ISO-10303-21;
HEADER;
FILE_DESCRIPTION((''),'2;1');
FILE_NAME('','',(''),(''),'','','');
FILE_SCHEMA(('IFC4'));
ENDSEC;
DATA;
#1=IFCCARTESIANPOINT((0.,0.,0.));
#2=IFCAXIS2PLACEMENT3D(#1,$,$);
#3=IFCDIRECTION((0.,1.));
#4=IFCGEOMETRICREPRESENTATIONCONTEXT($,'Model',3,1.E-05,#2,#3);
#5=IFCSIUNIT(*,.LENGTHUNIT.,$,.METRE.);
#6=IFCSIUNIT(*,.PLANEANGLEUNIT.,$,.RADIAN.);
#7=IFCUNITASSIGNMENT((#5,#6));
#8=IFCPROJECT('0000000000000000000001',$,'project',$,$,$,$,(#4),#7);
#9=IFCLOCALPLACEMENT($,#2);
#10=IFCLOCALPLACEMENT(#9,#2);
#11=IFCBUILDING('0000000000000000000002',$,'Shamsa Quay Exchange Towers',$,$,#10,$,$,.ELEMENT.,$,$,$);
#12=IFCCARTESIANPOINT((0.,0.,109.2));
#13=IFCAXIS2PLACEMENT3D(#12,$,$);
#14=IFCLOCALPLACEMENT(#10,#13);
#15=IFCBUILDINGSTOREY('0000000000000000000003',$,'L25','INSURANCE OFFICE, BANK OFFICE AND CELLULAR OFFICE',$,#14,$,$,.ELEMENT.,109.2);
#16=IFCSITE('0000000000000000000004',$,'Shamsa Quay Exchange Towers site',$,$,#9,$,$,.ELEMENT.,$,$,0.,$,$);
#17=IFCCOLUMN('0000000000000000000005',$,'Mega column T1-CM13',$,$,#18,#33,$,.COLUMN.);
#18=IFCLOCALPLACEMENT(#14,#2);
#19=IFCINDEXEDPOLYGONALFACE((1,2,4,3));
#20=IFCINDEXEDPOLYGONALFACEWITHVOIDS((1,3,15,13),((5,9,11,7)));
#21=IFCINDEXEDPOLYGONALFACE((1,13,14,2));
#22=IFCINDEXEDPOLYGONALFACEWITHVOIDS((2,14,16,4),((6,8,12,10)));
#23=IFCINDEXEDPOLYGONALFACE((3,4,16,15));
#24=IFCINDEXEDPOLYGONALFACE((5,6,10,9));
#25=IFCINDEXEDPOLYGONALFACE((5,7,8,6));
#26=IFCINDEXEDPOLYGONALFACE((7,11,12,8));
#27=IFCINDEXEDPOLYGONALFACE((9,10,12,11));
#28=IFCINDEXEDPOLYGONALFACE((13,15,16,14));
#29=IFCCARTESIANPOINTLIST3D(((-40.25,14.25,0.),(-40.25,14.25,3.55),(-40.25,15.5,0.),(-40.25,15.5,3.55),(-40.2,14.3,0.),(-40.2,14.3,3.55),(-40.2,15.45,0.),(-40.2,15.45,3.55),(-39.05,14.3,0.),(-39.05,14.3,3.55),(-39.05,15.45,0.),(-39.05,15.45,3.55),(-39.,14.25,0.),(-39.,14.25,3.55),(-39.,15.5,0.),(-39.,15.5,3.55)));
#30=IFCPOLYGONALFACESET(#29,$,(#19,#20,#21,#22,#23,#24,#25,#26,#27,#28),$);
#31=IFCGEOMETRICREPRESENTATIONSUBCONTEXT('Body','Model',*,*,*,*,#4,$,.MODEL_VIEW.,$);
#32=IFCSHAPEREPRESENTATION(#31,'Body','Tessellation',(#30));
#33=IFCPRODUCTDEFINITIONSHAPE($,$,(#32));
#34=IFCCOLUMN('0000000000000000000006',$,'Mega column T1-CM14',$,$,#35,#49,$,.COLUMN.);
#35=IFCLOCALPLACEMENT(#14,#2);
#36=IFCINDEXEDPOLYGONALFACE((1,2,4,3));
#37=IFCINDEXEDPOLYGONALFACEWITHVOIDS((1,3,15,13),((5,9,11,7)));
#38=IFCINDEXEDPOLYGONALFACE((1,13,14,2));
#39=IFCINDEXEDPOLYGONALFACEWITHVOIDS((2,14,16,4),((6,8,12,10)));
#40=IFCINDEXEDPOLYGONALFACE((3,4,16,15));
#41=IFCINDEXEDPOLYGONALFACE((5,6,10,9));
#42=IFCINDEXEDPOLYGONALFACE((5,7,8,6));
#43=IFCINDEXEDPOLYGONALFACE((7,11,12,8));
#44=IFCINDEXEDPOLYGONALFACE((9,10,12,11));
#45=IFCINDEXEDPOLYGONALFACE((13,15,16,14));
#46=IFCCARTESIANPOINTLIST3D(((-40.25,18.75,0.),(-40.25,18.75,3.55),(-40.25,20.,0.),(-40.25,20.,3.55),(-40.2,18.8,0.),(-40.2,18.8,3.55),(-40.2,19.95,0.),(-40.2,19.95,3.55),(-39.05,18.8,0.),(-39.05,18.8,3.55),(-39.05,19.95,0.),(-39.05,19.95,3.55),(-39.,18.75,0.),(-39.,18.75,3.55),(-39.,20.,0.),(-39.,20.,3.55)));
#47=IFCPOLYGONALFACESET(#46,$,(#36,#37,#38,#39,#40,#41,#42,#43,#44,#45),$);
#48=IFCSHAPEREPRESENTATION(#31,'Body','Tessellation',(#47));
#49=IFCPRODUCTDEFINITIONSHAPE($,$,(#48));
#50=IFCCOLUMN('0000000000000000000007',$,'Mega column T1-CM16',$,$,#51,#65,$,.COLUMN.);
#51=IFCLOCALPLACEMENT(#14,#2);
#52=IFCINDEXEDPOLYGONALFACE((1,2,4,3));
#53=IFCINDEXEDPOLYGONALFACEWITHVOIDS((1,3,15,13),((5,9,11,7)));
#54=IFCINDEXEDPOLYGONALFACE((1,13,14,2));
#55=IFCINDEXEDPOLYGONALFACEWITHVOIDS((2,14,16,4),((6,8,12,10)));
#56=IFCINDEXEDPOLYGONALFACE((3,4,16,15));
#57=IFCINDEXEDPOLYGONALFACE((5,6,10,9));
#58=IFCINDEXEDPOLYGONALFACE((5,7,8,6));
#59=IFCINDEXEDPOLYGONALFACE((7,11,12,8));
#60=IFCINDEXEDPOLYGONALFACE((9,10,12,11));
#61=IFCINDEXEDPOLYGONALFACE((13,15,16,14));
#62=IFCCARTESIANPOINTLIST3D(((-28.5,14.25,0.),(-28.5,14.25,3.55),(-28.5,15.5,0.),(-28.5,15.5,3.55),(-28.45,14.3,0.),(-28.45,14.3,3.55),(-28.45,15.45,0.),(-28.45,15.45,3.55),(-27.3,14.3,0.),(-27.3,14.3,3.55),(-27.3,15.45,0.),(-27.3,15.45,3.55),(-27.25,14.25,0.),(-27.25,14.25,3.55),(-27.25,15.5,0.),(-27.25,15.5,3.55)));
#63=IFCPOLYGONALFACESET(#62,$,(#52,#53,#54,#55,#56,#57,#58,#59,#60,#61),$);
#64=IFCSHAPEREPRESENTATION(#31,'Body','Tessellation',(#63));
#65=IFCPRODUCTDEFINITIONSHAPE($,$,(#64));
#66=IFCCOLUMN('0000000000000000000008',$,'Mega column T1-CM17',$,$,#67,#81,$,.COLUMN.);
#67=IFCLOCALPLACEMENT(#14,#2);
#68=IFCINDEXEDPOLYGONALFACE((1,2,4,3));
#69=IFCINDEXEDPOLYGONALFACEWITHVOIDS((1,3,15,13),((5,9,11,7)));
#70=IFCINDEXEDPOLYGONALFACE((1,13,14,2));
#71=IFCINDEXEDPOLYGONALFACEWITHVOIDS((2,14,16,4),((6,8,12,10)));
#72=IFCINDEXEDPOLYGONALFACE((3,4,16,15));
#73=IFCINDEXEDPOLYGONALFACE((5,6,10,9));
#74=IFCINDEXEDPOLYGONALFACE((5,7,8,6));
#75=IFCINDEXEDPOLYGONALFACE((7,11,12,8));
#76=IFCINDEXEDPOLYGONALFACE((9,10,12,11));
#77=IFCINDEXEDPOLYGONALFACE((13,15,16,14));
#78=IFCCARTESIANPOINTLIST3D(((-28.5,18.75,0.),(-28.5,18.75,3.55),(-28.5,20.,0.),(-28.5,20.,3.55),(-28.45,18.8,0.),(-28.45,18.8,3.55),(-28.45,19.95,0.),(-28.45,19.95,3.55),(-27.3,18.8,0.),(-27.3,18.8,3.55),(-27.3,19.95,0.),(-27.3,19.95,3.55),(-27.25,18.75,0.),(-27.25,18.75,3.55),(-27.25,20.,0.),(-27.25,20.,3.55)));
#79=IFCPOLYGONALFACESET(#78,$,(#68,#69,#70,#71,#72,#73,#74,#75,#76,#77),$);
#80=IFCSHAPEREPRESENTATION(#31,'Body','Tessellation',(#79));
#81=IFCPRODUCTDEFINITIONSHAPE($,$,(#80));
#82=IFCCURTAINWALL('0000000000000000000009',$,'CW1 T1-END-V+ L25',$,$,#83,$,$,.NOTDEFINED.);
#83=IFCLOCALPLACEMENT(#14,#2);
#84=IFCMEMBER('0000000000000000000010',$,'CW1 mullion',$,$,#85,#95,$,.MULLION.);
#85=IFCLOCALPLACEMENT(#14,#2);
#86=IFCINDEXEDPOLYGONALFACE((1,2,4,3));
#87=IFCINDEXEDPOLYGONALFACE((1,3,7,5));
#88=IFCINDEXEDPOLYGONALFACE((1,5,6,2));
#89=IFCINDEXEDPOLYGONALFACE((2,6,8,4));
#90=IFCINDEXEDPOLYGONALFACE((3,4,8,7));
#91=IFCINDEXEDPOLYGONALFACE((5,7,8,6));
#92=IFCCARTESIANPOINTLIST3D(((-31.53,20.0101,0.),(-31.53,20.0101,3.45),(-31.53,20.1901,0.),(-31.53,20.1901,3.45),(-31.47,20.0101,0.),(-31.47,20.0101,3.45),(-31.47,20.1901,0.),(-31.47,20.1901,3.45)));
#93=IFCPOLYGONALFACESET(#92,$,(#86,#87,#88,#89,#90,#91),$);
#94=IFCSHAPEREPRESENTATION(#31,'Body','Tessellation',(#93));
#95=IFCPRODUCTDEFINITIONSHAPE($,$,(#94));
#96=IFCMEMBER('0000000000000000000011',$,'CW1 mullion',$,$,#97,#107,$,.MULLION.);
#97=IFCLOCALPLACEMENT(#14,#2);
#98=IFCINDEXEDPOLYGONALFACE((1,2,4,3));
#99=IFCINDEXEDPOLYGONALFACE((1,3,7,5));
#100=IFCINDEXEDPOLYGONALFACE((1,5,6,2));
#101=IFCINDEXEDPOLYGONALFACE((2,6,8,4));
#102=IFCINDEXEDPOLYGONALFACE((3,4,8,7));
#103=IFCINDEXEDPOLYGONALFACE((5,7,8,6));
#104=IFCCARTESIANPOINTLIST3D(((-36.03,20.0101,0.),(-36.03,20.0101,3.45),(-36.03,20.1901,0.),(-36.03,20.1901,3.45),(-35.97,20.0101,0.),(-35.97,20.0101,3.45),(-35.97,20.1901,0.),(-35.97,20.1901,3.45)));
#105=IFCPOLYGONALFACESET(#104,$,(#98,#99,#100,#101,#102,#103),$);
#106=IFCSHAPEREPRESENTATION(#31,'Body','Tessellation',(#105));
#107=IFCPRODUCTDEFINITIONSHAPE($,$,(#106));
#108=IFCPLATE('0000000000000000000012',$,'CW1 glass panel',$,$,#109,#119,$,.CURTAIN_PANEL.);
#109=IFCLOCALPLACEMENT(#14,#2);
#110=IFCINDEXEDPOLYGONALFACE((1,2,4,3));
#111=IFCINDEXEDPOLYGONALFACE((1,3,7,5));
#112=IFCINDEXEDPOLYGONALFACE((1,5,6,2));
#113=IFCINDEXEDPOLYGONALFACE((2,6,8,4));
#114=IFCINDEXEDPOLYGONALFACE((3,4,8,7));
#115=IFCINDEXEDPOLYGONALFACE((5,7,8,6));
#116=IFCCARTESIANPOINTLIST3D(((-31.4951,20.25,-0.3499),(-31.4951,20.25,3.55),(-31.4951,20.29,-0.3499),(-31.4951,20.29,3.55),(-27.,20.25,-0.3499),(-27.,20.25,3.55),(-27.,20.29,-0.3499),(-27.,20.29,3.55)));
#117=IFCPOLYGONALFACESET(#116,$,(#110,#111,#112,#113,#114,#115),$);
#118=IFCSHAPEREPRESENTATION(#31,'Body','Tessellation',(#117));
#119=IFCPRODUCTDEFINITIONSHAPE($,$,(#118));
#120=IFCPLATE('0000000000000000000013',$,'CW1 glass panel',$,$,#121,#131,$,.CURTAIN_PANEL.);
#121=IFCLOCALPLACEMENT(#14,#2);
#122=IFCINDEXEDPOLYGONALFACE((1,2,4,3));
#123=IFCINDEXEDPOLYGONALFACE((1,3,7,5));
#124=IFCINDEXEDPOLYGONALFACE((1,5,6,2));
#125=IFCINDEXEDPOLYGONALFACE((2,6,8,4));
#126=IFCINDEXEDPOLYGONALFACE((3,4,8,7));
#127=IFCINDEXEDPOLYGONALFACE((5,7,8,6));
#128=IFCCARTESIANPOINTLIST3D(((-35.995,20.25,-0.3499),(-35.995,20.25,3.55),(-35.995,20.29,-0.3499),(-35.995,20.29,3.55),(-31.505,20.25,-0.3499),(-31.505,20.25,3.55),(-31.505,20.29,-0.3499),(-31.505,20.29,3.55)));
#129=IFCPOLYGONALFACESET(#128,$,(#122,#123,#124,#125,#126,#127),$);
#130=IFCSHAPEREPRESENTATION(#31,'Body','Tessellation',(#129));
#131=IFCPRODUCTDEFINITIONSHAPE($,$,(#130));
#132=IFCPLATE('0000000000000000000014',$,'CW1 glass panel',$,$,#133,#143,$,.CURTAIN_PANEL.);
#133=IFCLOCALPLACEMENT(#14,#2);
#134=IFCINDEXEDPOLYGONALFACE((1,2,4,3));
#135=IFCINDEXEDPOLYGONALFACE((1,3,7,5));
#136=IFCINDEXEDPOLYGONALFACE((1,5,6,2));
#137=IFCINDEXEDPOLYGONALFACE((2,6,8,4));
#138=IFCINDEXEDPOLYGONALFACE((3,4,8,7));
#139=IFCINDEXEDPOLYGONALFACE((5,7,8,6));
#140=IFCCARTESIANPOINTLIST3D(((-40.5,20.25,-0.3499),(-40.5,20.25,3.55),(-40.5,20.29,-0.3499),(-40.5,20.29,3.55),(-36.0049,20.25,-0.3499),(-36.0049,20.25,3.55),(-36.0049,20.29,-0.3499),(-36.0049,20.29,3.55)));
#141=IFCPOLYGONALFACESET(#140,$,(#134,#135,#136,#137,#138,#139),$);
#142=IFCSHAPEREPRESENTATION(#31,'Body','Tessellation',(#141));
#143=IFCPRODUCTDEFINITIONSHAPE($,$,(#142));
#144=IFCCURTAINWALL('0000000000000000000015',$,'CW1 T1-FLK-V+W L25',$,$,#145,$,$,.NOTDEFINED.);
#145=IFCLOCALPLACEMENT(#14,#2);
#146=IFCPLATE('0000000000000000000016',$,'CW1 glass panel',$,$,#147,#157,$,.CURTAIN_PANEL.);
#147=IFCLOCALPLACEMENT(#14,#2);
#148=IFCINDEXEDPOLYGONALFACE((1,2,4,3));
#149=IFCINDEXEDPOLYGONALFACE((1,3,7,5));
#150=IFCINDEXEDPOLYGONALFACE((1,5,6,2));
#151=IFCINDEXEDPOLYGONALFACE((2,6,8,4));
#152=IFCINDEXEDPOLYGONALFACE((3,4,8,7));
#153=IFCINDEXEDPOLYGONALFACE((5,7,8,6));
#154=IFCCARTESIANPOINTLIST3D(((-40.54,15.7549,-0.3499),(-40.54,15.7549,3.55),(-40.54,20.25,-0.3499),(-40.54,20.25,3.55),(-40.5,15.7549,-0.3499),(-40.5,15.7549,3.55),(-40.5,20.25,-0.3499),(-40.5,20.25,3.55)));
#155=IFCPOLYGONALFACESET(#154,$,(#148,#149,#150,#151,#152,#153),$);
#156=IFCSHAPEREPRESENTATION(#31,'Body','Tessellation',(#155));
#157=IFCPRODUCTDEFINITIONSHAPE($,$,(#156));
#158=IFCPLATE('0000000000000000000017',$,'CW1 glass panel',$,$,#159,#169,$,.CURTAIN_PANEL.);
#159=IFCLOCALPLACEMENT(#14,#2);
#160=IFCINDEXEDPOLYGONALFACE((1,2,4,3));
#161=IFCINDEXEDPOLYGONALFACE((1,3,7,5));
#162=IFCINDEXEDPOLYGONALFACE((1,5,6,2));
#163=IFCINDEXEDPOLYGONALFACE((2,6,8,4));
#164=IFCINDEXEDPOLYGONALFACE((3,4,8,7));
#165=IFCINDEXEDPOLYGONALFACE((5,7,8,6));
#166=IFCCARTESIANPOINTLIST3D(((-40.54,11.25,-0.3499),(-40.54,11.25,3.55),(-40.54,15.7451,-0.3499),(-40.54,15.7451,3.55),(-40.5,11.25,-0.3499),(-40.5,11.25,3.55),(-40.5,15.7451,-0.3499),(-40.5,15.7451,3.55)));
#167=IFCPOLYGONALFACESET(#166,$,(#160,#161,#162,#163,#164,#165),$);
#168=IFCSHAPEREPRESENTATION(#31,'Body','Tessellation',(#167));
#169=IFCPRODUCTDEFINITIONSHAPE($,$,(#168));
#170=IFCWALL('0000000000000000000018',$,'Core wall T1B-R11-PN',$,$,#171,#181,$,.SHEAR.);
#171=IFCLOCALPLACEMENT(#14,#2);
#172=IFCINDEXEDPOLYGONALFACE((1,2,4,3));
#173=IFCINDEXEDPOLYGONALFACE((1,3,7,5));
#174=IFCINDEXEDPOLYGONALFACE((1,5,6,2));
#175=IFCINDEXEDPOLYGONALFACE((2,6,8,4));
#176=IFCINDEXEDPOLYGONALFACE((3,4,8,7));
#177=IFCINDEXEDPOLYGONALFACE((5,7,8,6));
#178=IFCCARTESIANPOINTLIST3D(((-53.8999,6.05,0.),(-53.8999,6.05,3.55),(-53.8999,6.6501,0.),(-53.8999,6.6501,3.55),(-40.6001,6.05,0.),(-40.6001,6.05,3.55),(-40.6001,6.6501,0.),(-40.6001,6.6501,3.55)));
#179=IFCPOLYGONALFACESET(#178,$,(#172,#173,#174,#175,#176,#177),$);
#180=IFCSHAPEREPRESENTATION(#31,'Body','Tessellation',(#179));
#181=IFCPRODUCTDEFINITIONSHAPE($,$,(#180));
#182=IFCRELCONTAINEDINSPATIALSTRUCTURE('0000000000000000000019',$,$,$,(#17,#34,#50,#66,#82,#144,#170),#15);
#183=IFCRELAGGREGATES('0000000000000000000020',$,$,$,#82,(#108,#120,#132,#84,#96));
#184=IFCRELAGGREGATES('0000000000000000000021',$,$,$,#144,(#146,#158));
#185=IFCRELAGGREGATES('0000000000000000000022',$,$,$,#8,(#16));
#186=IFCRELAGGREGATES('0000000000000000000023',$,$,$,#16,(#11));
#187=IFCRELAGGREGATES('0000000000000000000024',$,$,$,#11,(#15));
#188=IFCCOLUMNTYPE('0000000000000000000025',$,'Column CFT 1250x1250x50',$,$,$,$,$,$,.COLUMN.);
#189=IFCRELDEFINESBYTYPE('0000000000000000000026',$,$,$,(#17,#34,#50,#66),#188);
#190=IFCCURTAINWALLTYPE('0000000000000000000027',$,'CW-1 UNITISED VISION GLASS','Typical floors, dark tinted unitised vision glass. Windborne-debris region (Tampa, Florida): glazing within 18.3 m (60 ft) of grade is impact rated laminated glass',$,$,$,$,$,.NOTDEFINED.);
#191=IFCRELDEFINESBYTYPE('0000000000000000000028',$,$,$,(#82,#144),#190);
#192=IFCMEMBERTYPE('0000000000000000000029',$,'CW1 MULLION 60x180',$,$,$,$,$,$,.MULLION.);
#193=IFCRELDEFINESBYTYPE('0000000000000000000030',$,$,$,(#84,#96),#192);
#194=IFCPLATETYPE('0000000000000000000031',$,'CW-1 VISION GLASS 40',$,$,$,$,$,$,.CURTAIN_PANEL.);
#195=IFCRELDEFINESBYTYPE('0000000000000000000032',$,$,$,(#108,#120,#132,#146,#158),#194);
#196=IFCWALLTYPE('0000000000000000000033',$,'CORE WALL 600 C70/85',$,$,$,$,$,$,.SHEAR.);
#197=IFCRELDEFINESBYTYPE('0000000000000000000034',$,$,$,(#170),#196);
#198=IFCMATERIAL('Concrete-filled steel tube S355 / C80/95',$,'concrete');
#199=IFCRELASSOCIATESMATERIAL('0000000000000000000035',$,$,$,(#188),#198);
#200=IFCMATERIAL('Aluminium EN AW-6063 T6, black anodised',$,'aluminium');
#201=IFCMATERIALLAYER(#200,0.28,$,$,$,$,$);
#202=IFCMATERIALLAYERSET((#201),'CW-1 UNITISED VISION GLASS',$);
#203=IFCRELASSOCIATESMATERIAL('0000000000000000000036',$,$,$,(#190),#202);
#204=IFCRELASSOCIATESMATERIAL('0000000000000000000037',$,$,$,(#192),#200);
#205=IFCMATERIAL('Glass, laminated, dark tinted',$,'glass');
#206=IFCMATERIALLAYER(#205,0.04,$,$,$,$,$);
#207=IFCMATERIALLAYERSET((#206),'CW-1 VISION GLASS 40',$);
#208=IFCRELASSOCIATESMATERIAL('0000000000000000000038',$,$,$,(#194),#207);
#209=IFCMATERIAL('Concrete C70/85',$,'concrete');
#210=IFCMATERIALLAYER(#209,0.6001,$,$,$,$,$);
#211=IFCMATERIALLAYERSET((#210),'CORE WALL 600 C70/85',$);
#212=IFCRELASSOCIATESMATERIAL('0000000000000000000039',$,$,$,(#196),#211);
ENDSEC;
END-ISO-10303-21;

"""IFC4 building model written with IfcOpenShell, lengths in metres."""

from ifc_helpers import new_model, si_unit, direction, frame, frame_2d, origin, origin_2d, place, context, subcontext, project, spatial, rectangle, hollow_rectangle, extrude, material, layer, layer_set, material_profile, profile_set, type_object, element, aggregate, save


model = new_model("IFC4")

# Units and contexts
model_context = context("Model", 3, precision=1e-05, world=origin(), true_north=direction((0.0, 1.0)))
body_context = subcontext(model_context, "Body", "Model", "MODEL_VIEW")
ifc_project = project(units=[si_unit("LENGTHUNIT", "METRE"), si_unit("PLANEANGLEUNIT", "RADIAN")], contexts=[model_context])

# Site, building, storey
site_placement = place(None, origin())
site = spatial("IfcSite", under=ifc_project, at=site_placement, Name="Shamsa Quay Exchange Towers site", CompositionType="ELEMENT", RefElevation=0.0)
building_placement = place(site_placement, origin())
building = spatial("IfcBuilding", under=site, at=building_placement, Name="Shamsa Quay Exchange Towers", CompositionType="ELEMENT")
storey_placement = place(building_placement, frame((0.0, 0.0, 109.2)))
storey = spatial("IfcBuildingStorey", under=building, at=storey_placement, Name="L25", Description="INSURANCE OFFICE, BANK OFFICE AND CELLULAR OFFICE", CompositionType="ELEMENT", Elevation=109.2)

# Columns
ifc_material_1 = material(Name="Concrete-filled steel tube S355 / C80/95", Category="concrete")
ifc_material_profile_1 = material_profile(ifc_material_1, hollow_rectangle(XDim=1.25, YDim=1.25, WallThickness=0.05, at=origin_2d()), Name="CFT 1250x1250x50")
ifc_profile_set_1 = profile_set([ifc_material_profile_1], Name="Concrete-filled steel tube S355 / C80/95")
column_type = type_object("IfcColumnType", Name="Column CFT 1250x1250x50", PredefinedType="COLUMN", material=ifc_profile_set_1)
for number, where, name in (
    (1, (-39.625, 14.875, 0.0), "Mega column T1-CM13"),
    (2, (-39.625, 19.375, 0.0), "Mega column T1-CM14"),
    (3, (-27.875, 14.875, 0.0), "Mega column T1-CM16"),
    (4, (-27.875, 19.375, 0.0), "Mega column T1-CM17"),
):
    element("IfcColumn", number, at=place(storey_placement, frame(where)), inside=storey, type_object=column_type, Name=name, PredefinedType="COLUMN", context=body_context, shape_type="SweptSolid", body=[
        extrude(hollow_rectangle(XDim=1.25, YDim=1.25, WallThickness=0.05, at=origin_2d()), origin(), (0.0, 0.0, 1.0), 3.55),
    ])

# Curtain wall, members, plates
ifc_material_2 = material(Name="Aluminium EN AW-6063 T6, black anodised", Category="aluminium")
ifc_layer_1 = layer(ifc_material_2, 0.28)
ifc_layer_set_1 = layer_set([ifc_layer_1], Name="CW-1 UNITISED VISION GLASS")
curtain_wall_type = type_object("IfcCurtainWallType", Name="CW-1 UNITISED VISION GLASS", Description="Typical floors, dark tinted unitised vision glass. Windborne-debris region (Tampa, Florida): glazing within 18.3 m (60 ft) of grade is impact rated laminated glass", PredefinedType="NOTDEFINED", material=ifc_layer_set_1)
curtain_wall_1_placement = place(storey_placement, origin())
curtain_wall_1 = element("IfcCurtainWall", 5, at=curtain_wall_1_placement, inside=storey, type_object=curtain_wall_type, Name="CW1 T1-END-V+ L25", PredefinedType="NOTDEFINED")
ifc_material_profile_2 = material_profile(ifc_material_2, rectangle(XDim=0.1799, YDim=0.0601, at=origin_2d()), Name="MU60x180")
ifc_profile_set_2 = profile_set([ifc_material_profile_2], Name="Aluminium EN AW-6063 T6, black anodised")
member_type = type_object("IfcMemberType", Name="CW1 MULLION 60x180", PredefinedType="MULLION", material=ifc_profile_set_2)
member_1_placement = place(storey_placement, frame((-31.5, 20.1001, 0.0), z_axis=(0.0, 0.0, 1.0), x_axis=(0.0, -1.0, 0.0)))
member_1 = element("IfcMember", 6, at=member_1_placement, type_object=member_type, Name="CW1 mullion", PredefinedType="MULLION", context=body_context, shape_type="SweptSolid", body=[
    extrude(rectangle(XDim=0.1799, YDim=0.0601, at=origin_2d()), origin(), (0.0, 0.0, 1.0), 3.45),
])
member_2_placement = place(storey_placement, frame((-36.0, 20.1001, 0.0), z_axis=(0.0, 0.0, 1.0), x_axis=(0.0, -1.0, 0.0)))
member_2 = element("IfcMember", 7, at=member_2_placement, type_object=member_type, Name="CW1 mullion", PredefinedType="MULLION", context=body_context, shape_type="SweptSolid", body=[
    extrude(rectangle(XDim=0.1799, YDim=0.0601, at=origin_2d()), origin(), (0.0, 0.0, 1.0), 3.45),
])
ifc_material_3 = material(Name="Glass, laminated, dark tinted", Category="glass")
ifc_layer_2 = layer(ifc_material_3, 0.04)
ifc_layer_set_2 = layer_set([ifc_layer_2], Name="CW-1 VISION GLASS 40")
plate_type = type_object("IfcPlateType", Name="CW-1 VISION GLASS 40", PredefinedType="CURTAIN_PANEL", material=ifc_layer_set_2)
plate_1_placement = place(storey_placement, frame((-29.2476, 20.27, -0.3499), z_axis=(0.0, 0.0, 1.0), x_axis=(-1.0, 0.0, 0.0)))
plate_1 = element("IfcPlate", 8, at=plate_1_placement, type_object=plate_type, Name="CW1 glass panel", PredefinedType="CURTAIN_PANEL", context=body_context, shape_type="SweptSolid", body=[
    extrude(rectangle(XDim=4.4951, YDim=0.04, at=origin_2d()), origin(), (0.0, 0.0, 1.0), 3.8999),
])
plate_2_placement = place(storey_placement, frame((-33.75, 20.27, -0.3499), z_axis=(0.0, 0.0, 1.0), x_axis=(-1.0, 0.0, 0.0)))
plate_2 = element("IfcPlate", 9, at=plate_2_placement, type_object=plate_type, Name="CW1 glass panel", PredefinedType="CURTAIN_PANEL", context=body_context, shape_type="SweptSolid", body=[
    extrude(rectangle(XDim=4.49, YDim=0.04, at=origin_2d()), origin(), (0.0, 0.0, 1.0), 3.8999),
])
plate_3_placement = place(storey_placement, frame((-38.2524, 20.27, -0.3499), z_axis=(0.0, 0.0, 1.0), x_axis=(-1.0, 0.0, 0.0)))
plate_3 = element("IfcPlate", 10, at=plate_3_placement, type_object=plate_type, Name="CW1 glass panel", PredefinedType="CURTAIN_PANEL", context=body_context, shape_type="SweptSolid", body=[
    extrude(rectangle(XDim=4.4951, YDim=0.04, at=origin_2d()), origin(), (0.0, 0.0, 1.0), 3.8999),
])
aggregate(curtain_wall_1, [plate_1, plate_2, plate_3, member_1, member_2])

# Curtain wall, plates
curtain_wall_2_placement = place(storey_placement, origin())
curtain_wall_2 = element("IfcCurtainWall", 11, at=curtain_wall_2_placement, inside=storey, type_object=curtain_wall_type, Name="CW1 T1-FLK-V+W L25", PredefinedType="NOTDEFINED")
plate_4_placement = place(storey_placement, frame((-40.52, 18.0024, -0.3499), z_axis=(0.0, 0.0, 1.0), x_axis=(0.0, -1.0, 0.0)))
plate_4 = element("IfcPlate", 12, at=plate_4_placement, type_object=plate_type, Name="CW1 glass panel", PredefinedType="CURTAIN_PANEL", context=body_context, shape_type="SweptSolid", body=[
    extrude(rectangle(XDim=4.4951, YDim=0.04, at=origin_2d()), origin(), (0.0, 0.0, 1.0), 3.8999),
])
plate_5_placement = place(storey_placement, frame((-40.52, 13.4976, -0.3499), z_axis=(0.0, 0.0, 1.0), x_axis=(0.0, -1.0, 0.0)))
plate_5 = element("IfcPlate", 13, at=plate_5_placement, type_object=plate_type, Name="CW1 glass panel", PredefinedType="CURTAIN_PANEL", context=body_context, shape_type="SweptSolid", body=[
    extrude(rectangle(XDim=4.4951, YDim=0.04, at=origin_2d()), origin(), (0.0, 0.0, 1.0), 3.8999),
])
aggregate(curtain_wall_2, [plate_4, plate_5])

# Wall
ifc_material_4 = material(Name="Concrete C70/85", Category="concrete")
ifc_layer_3 = layer(ifc_material_4, 0.6001)
ifc_layer_set_3 = layer_set([ifc_layer_3], Name="CORE WALL 600 C70/85")
wall_type_1 = type_object("IfcWallType", Name="CORE WALL 600 C70/85", PredefinedType="SHEAR", material=ifc_layer_set_3)
wall_1_placement = place(storey_placement, frame((-40.6001, 6.3501, 0.0), z_axis=(0.0, 0.0, 1.0), x_axis=(-1.0, 0.0, 0.0)))
element("IfcWall", 14, at=wall_1_placement, inside=storey, type_object=wall_type_1, Name="Core wall T1B-R11-PN", PredefinedType="SHEAR", context=body_context, shape_type="SweptSolid", body=[
    extrude(rectangle(XDim=13.2998, YDim=0.6001, at=frame_2d((6.6499, 0.0))), origin(), (0.0, 0.0, 1.0), 3.55),
])

save(model, "model.ifc")
